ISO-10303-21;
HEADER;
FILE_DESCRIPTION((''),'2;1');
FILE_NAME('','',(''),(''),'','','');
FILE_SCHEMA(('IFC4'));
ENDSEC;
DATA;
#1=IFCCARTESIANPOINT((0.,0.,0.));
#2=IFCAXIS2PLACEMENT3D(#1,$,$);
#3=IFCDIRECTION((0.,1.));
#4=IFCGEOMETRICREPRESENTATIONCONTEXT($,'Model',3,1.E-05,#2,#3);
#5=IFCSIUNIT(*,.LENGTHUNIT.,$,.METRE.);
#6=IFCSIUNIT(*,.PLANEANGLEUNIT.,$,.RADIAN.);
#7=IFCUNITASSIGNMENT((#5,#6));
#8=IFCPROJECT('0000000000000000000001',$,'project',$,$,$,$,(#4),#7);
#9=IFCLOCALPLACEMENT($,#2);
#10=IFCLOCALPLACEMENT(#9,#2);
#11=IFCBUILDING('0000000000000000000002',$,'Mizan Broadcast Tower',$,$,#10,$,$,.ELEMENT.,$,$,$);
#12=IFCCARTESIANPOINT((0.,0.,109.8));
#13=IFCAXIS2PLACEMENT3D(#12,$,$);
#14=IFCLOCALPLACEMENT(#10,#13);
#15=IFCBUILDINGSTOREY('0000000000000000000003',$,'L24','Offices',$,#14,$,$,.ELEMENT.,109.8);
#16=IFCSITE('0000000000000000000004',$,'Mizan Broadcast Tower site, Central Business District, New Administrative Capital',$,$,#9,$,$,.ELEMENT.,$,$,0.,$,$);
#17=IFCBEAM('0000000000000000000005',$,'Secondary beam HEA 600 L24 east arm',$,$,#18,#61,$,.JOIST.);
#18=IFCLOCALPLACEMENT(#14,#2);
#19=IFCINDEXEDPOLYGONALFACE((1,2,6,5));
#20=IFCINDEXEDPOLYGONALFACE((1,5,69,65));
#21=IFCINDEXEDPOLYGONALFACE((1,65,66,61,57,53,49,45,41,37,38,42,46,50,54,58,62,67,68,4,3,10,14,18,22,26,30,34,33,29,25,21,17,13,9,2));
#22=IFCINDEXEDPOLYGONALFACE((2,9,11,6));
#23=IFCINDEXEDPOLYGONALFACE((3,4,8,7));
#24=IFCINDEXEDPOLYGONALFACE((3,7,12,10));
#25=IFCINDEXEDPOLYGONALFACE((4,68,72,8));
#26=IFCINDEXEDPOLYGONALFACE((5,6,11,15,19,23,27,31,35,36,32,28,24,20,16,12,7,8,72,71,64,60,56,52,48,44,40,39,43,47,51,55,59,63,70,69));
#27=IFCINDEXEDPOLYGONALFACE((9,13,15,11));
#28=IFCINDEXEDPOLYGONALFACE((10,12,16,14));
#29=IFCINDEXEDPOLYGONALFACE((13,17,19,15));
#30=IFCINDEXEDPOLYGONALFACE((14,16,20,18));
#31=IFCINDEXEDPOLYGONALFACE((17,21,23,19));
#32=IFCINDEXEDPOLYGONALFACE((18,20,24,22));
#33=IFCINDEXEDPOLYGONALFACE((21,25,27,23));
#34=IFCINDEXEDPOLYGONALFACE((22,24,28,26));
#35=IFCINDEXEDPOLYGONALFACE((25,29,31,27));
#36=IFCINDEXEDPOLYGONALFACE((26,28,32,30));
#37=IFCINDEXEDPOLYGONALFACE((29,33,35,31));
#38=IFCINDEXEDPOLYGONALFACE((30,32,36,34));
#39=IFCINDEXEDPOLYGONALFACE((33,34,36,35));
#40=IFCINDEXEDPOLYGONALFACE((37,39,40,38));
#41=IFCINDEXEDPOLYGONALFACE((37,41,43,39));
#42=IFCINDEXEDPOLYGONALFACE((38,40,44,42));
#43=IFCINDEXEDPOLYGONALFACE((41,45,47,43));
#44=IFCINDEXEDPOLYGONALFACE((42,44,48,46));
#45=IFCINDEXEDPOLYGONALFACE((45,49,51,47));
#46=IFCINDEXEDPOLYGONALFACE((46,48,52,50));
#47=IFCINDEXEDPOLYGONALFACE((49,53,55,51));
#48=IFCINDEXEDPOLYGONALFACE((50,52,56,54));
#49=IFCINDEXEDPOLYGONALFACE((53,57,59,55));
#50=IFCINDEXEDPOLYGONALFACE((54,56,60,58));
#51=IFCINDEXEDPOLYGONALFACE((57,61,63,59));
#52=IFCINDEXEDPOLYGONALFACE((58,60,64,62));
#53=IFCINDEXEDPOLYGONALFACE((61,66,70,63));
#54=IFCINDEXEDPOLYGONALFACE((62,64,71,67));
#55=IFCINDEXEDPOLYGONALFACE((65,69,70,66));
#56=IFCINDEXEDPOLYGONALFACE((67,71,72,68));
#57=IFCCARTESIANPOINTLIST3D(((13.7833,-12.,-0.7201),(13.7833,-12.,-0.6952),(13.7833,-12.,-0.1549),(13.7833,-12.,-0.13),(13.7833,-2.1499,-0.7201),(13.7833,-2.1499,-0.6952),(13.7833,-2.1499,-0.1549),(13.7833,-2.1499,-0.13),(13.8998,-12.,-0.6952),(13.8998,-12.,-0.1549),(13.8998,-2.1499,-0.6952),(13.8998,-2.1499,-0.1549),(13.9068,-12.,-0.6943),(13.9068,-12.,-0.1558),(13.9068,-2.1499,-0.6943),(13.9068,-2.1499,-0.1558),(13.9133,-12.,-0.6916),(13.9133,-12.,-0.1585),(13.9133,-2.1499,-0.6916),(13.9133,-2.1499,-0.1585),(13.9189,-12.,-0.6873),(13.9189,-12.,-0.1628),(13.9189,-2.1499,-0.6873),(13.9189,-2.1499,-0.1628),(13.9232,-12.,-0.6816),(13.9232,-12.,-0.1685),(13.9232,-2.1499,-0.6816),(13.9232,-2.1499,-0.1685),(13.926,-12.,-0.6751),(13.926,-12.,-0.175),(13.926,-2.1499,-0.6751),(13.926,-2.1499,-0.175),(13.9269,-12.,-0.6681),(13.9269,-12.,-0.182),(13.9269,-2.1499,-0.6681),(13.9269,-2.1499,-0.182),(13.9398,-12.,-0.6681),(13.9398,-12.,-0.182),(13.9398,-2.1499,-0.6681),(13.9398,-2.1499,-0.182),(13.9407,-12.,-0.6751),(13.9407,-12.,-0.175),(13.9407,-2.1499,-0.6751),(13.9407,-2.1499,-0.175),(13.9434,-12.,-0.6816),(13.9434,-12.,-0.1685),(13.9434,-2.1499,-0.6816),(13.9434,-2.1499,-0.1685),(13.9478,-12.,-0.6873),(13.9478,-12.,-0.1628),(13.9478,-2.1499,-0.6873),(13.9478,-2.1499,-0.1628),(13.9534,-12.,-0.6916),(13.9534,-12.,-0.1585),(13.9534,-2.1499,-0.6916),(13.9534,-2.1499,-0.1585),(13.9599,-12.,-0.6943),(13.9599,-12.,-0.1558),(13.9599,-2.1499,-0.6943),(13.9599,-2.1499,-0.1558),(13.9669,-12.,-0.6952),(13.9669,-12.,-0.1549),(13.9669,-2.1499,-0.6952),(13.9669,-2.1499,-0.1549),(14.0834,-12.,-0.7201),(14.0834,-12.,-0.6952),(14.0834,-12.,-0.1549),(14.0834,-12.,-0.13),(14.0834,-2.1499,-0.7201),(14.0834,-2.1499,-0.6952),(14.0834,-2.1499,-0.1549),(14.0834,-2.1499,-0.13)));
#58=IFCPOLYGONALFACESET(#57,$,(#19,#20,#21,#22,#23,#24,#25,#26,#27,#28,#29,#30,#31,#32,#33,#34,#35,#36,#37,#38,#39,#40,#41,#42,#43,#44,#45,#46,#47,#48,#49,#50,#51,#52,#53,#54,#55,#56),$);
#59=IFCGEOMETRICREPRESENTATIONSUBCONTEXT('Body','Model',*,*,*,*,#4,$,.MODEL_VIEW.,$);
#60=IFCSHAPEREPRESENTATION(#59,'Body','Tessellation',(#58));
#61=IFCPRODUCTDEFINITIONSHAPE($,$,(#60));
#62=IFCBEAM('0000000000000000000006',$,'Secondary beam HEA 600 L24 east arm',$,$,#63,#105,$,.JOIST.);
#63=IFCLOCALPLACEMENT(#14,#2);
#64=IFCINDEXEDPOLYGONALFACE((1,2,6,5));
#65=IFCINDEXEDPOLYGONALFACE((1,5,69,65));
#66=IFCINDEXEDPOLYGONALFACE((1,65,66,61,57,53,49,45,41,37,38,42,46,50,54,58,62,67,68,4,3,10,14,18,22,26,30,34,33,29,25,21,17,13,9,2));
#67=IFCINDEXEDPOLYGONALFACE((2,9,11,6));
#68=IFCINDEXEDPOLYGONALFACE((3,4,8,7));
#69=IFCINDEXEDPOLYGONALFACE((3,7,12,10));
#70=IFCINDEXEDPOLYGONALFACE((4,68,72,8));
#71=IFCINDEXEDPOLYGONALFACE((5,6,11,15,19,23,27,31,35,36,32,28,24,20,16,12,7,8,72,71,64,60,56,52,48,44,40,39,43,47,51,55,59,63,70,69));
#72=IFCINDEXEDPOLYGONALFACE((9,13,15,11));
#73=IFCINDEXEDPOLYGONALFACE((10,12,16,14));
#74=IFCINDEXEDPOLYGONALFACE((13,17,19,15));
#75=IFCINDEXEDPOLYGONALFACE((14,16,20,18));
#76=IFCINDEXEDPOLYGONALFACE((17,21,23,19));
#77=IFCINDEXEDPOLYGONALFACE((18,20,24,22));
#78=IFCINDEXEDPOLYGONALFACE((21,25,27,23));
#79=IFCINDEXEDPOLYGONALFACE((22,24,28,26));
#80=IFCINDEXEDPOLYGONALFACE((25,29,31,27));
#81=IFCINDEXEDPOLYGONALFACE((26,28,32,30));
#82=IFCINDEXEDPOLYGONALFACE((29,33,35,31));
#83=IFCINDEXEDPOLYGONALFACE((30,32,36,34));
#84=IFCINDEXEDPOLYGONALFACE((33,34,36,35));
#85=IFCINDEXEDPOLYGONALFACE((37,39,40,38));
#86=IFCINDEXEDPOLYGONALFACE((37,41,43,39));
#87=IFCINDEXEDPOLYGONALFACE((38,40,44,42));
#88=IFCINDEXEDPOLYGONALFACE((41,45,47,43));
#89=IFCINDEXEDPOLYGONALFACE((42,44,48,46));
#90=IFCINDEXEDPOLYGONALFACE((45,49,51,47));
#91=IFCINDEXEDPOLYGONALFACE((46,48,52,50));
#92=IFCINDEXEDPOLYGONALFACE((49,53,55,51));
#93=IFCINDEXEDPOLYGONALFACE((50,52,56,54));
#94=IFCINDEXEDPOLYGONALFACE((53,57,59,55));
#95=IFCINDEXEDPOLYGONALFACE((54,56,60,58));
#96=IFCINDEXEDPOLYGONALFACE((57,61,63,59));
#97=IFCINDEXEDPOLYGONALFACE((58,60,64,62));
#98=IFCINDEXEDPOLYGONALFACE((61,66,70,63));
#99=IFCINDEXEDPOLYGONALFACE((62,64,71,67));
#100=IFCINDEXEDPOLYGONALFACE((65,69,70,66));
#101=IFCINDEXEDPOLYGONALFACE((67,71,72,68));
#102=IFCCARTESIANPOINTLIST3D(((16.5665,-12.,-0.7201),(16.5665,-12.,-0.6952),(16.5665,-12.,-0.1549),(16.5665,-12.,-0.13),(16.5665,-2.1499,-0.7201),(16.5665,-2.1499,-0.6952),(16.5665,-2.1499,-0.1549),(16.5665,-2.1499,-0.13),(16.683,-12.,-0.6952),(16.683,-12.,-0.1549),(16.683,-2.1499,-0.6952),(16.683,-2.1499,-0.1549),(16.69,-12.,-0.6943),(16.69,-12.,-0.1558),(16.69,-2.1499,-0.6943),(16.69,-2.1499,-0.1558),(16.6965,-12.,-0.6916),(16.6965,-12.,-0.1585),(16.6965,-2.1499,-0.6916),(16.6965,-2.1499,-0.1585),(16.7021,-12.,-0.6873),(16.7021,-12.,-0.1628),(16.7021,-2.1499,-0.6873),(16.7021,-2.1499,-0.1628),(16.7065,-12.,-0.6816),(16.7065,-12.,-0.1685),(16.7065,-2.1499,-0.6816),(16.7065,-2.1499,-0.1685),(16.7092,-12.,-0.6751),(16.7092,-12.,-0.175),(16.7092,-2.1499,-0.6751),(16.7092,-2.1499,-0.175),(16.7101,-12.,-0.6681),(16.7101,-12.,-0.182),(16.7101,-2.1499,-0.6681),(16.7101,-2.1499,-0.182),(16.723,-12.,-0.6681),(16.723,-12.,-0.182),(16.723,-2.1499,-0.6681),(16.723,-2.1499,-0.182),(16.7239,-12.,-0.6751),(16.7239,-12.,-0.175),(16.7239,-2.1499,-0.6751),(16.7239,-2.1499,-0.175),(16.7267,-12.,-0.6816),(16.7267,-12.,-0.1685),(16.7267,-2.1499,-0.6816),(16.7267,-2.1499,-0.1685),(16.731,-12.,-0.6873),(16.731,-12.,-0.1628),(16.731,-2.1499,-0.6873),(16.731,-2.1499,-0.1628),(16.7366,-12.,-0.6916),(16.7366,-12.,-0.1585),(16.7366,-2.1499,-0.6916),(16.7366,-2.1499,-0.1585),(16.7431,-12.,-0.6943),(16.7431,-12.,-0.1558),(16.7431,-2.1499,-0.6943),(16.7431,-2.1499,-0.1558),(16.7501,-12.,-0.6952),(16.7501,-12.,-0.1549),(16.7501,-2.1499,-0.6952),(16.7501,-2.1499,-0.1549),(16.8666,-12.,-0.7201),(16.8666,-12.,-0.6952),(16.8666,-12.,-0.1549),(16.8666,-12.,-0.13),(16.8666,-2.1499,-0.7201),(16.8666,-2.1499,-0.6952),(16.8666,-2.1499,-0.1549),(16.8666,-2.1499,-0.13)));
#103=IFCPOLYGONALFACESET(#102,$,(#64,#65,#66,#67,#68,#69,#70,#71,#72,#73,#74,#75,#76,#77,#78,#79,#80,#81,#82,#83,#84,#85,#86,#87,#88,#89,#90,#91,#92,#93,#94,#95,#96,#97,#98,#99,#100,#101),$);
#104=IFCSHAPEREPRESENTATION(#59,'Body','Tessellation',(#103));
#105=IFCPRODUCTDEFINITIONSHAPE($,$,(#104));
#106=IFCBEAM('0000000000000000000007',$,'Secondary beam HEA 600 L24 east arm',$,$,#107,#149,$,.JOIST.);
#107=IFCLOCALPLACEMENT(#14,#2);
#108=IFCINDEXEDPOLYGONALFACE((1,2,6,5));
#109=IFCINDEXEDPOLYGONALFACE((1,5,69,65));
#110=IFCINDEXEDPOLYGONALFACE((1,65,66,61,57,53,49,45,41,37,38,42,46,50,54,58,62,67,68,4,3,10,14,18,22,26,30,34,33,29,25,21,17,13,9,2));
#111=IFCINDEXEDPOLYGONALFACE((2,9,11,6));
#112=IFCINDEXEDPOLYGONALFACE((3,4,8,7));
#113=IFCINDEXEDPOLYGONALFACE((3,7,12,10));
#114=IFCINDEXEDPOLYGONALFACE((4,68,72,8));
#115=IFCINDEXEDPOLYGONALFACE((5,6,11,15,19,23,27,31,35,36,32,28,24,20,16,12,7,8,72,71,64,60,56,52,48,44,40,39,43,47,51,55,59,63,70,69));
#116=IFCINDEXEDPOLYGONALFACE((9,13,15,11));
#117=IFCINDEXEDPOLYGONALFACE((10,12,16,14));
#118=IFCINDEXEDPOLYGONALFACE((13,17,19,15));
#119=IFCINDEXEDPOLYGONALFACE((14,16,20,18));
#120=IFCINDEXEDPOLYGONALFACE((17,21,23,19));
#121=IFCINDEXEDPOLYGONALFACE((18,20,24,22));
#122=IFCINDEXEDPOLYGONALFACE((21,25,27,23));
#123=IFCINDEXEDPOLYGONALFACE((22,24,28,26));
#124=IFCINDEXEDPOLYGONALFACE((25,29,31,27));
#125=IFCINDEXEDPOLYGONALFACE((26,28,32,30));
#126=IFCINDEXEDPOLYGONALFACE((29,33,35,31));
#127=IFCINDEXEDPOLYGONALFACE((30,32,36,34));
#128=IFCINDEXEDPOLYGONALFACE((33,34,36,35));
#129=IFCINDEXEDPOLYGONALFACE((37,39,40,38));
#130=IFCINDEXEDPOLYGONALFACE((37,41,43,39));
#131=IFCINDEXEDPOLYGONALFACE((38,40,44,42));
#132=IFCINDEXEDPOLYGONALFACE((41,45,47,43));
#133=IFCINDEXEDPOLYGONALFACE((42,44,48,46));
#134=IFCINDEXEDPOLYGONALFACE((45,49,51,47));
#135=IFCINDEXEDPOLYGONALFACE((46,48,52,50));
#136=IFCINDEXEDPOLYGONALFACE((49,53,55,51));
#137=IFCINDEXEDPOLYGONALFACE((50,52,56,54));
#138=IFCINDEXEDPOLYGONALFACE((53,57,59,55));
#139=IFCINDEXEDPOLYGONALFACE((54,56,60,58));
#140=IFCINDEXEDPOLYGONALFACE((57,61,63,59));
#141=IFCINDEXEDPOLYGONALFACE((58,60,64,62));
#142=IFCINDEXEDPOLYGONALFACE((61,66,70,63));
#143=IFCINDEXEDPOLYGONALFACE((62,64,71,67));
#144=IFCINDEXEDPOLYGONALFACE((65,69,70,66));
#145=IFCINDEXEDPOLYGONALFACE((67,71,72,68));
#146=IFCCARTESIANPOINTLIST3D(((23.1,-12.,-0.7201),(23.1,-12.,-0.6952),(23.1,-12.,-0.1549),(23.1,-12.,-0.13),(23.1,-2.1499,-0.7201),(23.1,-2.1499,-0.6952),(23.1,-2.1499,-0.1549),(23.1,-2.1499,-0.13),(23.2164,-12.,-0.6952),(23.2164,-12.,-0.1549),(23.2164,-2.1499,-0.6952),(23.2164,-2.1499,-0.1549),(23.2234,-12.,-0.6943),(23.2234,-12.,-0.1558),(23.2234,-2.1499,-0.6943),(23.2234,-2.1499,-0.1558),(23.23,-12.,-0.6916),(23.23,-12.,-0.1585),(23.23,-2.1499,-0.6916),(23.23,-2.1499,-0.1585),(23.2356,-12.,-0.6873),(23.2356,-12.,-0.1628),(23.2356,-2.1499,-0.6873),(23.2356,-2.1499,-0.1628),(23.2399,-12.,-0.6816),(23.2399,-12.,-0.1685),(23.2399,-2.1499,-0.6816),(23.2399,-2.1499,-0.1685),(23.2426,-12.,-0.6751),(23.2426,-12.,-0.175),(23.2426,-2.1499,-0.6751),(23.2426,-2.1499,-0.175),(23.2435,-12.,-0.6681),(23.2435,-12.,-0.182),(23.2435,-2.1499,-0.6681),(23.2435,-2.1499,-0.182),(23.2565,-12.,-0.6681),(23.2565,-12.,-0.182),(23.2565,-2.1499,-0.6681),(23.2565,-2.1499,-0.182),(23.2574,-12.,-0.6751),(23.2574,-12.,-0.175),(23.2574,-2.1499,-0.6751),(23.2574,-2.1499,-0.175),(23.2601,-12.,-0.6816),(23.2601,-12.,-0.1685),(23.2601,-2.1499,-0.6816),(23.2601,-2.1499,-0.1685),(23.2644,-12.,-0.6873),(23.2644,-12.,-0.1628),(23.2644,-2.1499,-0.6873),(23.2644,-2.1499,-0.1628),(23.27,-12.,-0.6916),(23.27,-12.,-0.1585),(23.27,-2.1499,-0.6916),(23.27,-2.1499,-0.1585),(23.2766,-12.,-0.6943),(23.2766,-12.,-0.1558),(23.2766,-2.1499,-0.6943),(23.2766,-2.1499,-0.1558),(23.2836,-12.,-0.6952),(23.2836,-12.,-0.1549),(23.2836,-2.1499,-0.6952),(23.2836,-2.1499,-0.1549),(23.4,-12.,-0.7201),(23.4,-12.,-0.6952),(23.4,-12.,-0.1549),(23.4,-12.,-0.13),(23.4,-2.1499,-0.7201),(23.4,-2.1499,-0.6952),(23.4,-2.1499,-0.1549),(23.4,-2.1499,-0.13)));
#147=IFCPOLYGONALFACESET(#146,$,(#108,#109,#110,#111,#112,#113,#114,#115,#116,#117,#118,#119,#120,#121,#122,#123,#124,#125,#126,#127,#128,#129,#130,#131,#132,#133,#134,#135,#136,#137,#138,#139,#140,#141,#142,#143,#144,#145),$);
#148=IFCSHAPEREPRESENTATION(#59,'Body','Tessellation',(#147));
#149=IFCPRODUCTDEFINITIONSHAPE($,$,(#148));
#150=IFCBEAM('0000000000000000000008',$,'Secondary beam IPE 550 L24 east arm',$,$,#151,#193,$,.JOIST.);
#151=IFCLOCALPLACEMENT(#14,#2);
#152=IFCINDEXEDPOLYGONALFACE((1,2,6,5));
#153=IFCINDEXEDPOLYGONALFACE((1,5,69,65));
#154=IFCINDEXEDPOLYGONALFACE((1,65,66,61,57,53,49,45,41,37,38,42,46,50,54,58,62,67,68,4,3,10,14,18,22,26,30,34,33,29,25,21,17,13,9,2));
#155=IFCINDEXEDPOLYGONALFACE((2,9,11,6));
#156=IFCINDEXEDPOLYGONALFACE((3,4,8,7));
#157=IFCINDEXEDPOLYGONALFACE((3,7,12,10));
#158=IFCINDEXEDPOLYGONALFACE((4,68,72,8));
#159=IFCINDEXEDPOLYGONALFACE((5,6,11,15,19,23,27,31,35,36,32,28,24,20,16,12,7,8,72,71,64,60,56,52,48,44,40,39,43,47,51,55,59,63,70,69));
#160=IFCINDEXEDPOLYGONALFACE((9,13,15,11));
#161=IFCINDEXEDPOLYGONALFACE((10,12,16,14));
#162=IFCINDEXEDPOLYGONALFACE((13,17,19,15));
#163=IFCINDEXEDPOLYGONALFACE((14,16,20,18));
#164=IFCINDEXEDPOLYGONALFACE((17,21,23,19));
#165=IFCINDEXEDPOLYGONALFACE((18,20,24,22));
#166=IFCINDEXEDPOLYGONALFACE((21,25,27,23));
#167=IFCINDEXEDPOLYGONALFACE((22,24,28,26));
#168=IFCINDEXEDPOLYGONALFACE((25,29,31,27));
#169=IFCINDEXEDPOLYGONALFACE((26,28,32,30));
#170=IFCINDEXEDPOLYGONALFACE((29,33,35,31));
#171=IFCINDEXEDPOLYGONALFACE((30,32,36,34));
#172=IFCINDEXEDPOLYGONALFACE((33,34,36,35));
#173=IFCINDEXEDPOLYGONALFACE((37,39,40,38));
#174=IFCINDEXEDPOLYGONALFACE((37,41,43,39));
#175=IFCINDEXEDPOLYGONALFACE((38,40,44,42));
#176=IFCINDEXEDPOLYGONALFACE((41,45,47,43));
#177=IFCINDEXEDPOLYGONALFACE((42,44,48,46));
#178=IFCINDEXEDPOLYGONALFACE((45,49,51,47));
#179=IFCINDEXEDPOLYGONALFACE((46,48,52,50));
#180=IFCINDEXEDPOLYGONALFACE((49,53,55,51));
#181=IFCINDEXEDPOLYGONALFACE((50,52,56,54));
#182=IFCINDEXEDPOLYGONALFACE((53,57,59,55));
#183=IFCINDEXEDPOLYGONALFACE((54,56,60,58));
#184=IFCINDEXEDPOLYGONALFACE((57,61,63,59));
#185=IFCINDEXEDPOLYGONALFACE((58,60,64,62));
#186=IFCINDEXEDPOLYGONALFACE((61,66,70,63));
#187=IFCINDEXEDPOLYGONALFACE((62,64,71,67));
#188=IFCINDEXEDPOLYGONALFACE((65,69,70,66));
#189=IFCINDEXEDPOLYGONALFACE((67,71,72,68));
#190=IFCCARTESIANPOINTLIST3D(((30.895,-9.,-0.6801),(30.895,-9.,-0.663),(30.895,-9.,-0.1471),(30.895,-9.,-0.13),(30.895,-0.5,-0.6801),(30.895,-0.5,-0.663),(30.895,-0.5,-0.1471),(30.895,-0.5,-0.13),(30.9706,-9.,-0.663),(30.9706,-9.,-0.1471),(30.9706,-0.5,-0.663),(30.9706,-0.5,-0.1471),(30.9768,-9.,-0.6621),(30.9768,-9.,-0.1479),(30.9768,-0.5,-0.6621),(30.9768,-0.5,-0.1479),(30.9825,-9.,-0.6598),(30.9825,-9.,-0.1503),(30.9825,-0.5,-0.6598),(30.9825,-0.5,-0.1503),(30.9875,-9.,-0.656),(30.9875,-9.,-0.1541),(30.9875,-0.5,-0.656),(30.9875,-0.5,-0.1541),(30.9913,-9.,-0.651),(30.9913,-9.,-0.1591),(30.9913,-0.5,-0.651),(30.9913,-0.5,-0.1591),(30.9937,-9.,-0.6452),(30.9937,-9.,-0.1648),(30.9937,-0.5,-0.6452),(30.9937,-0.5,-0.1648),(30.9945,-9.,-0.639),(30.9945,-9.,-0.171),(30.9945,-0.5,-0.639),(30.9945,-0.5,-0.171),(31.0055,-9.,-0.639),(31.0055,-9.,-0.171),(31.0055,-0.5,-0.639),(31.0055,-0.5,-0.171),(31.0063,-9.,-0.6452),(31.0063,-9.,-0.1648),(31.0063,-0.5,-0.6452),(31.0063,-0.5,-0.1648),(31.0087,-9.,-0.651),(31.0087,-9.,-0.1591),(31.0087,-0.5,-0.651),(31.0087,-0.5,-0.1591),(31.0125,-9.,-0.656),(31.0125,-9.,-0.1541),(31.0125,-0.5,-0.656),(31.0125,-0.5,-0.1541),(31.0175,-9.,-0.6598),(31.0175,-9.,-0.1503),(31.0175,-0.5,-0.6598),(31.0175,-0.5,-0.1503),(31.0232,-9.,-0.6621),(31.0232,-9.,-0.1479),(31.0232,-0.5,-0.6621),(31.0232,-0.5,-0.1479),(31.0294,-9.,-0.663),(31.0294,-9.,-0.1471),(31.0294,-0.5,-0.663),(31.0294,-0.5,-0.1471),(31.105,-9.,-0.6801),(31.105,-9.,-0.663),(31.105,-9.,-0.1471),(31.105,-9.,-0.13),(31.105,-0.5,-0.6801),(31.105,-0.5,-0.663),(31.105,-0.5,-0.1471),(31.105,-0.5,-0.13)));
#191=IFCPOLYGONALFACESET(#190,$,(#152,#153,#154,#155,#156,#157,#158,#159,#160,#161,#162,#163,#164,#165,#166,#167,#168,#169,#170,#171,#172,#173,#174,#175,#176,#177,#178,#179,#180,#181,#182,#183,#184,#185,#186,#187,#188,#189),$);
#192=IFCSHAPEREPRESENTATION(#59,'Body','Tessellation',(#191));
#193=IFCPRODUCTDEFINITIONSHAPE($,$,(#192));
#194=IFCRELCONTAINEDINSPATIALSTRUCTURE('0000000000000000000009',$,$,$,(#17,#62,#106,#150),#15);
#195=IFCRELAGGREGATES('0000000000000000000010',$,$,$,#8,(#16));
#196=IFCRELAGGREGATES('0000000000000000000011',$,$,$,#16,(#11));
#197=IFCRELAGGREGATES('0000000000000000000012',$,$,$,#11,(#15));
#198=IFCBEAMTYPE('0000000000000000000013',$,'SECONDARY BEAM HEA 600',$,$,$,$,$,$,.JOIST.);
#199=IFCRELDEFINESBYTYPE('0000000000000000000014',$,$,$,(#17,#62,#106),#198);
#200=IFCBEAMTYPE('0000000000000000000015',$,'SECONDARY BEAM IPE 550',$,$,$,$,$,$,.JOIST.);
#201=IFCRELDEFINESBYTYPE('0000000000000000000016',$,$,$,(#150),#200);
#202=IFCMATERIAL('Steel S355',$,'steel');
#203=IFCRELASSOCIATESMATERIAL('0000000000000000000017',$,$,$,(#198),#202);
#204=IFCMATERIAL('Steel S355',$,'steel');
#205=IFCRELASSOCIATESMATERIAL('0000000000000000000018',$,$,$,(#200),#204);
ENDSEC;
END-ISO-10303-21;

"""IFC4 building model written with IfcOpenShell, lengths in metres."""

from ifc_helpers import new_model, si_unit, direction, frame, origin, origin_2d, place, context, subcontext, project, spatial, i_section, extrude, material, material_profile, profile_set, type_object, element, save


model = new_model("IFC4")

# Units and contexts
model_context = context("Model", 3, precision=1e-05, world=origin(), true_north=direction((0.0, 1.0)))
body_context = subcontext(model_context, "Body", "Model", "MODEL_VIEW")
ifc_project = project(units=[si_unit("LENGTHUNIT", "METRE"), si_unit("PLANEANGLEUNIT", "RADIAN")], contexts=[model_context])

# Site, building, storey
site_placement = place(None, origin())
site = spatial("IfcSite", under=ifc_project, at=site_placement, Name="Mizan Broadcast Tower site, Central Business District, New Administrative Capital", CompositionType="ELEMENT", RefElevation=0.0)
building_placement = place(site_placement, origin())
building = spatial("IfcBuilding", under=site, at=building_placement, Name="Mizan Broadcast Tower", CompositionType="ELEMENT")
storey_placement = place(building_placement, frame((0.0, 0.0, 109.8)))
storey = spatial("IfcBuildingStorey", under=building, at=storey_placement, Name="L24", Description="Offices", CompositionType="ELEMENT", Elevation=109.8)

# Beams
ifc_material_1 = material(Name="Steel S355", Category="steel")
ifc_material_profile_1 = material_profile(ifc_material_1, i_section(OverallWidth=0.3, OverallDepth=0.5901, WebThickness=0.0129, FlangeThickness=0.0249, FilletRadius=0.0271, at=origin_2d()), Name="HEA 600")
ifc_profile_set_1 = profile_set([ifc_material_profile_1], Name="Steel S355")
beam_type_1 = type_object("IfcBeamType", Name="SECONDARY BEAM HEA 600", PredefinedType="JOIST", material=ifc_profile_set_1)
for number, where, z_axis, x_axis, name in (
    (1, (13.9333, -12.0, -0.425), (0.0, 1.0, 0.0), (-1.0, 0.0, 0.0), "Secondary beam HEA 600 L24 east arm"),
    (2, (16.7166, -12.0, -0.425), (0.0, 1.0, 0.0), (-1.0, 0.0, 0.0), "Secondary beam HEA 600 L24 east arm"),
    (3, (23.25, -12.0, -0.425), (0.0, 1.0, 0.0), (-1.0, 0.0, 0.0), "Secondary beam HEA 600 L24 east arm"),
):
    element("IfcBeam", number, at=place(storey_placement, frame(where, z_axis=z_axis, x_axis=x_axis)), inside=storey, type_object=beam_type_1, Name=name, PredefinedType="JOIST", context=body_context, shape_type="SweptSolid", body=[
        extrude(i_section(OverallWidth=0.3, OverallDepth=0.5901, WebThickness=0.0129, FlangeThickness=0.0249, FilletRadius=0.0271, at=origin_2d()), origin(), (0.0, 0.0, 1.0), 9.8501),
    ])
ifc_material_2 = material(Name="Steel S355", Category="steel")
ifc_material_profile_2 = material_profile(ifc_material_2, i_section(OverallWidth=0.21, OverallDepth=0.55, WebThickness=0.011, FlangeThickness=0.0171, FilletRadius=0.0239, at=origin_2d()), Name="IPE 550")
ifc_profile_set_2 = profile_set([ifc_material_profile_2], Name="Steel S355")
beam_type_2 = type_object("IfcBeamType", Name="SECONDARY BEAM IPE 550", PredefinedType="JOIST", material=ifc_profile_set_2)
beam_1_placement = place(storey_placement, frame((31.0, -9.0, -0.405), z_axis=(0.0, 1.0, 0.0), x_axis=(-1.0, 0.0, 0.0)))
element("IfcBeam", 4, at=beam_1_placement, inside=storey, type_object=beam_type_2, Name="Secondary beam IPE 550 L24 east arm", PredefinedType="JOIST", context=body_context, shape_type="SweptSolid", body=[
    extrude(i_section(OverallWidth=0.21, OverallDepth=0.55, WebThickness=0.011, FlangeThickness=0.0171, FilletRadius=0.0239, at=origin_2d()), origin(), (0.0, 0.0, 1.0), 8.5),
])

save(model, "model.ifc")
